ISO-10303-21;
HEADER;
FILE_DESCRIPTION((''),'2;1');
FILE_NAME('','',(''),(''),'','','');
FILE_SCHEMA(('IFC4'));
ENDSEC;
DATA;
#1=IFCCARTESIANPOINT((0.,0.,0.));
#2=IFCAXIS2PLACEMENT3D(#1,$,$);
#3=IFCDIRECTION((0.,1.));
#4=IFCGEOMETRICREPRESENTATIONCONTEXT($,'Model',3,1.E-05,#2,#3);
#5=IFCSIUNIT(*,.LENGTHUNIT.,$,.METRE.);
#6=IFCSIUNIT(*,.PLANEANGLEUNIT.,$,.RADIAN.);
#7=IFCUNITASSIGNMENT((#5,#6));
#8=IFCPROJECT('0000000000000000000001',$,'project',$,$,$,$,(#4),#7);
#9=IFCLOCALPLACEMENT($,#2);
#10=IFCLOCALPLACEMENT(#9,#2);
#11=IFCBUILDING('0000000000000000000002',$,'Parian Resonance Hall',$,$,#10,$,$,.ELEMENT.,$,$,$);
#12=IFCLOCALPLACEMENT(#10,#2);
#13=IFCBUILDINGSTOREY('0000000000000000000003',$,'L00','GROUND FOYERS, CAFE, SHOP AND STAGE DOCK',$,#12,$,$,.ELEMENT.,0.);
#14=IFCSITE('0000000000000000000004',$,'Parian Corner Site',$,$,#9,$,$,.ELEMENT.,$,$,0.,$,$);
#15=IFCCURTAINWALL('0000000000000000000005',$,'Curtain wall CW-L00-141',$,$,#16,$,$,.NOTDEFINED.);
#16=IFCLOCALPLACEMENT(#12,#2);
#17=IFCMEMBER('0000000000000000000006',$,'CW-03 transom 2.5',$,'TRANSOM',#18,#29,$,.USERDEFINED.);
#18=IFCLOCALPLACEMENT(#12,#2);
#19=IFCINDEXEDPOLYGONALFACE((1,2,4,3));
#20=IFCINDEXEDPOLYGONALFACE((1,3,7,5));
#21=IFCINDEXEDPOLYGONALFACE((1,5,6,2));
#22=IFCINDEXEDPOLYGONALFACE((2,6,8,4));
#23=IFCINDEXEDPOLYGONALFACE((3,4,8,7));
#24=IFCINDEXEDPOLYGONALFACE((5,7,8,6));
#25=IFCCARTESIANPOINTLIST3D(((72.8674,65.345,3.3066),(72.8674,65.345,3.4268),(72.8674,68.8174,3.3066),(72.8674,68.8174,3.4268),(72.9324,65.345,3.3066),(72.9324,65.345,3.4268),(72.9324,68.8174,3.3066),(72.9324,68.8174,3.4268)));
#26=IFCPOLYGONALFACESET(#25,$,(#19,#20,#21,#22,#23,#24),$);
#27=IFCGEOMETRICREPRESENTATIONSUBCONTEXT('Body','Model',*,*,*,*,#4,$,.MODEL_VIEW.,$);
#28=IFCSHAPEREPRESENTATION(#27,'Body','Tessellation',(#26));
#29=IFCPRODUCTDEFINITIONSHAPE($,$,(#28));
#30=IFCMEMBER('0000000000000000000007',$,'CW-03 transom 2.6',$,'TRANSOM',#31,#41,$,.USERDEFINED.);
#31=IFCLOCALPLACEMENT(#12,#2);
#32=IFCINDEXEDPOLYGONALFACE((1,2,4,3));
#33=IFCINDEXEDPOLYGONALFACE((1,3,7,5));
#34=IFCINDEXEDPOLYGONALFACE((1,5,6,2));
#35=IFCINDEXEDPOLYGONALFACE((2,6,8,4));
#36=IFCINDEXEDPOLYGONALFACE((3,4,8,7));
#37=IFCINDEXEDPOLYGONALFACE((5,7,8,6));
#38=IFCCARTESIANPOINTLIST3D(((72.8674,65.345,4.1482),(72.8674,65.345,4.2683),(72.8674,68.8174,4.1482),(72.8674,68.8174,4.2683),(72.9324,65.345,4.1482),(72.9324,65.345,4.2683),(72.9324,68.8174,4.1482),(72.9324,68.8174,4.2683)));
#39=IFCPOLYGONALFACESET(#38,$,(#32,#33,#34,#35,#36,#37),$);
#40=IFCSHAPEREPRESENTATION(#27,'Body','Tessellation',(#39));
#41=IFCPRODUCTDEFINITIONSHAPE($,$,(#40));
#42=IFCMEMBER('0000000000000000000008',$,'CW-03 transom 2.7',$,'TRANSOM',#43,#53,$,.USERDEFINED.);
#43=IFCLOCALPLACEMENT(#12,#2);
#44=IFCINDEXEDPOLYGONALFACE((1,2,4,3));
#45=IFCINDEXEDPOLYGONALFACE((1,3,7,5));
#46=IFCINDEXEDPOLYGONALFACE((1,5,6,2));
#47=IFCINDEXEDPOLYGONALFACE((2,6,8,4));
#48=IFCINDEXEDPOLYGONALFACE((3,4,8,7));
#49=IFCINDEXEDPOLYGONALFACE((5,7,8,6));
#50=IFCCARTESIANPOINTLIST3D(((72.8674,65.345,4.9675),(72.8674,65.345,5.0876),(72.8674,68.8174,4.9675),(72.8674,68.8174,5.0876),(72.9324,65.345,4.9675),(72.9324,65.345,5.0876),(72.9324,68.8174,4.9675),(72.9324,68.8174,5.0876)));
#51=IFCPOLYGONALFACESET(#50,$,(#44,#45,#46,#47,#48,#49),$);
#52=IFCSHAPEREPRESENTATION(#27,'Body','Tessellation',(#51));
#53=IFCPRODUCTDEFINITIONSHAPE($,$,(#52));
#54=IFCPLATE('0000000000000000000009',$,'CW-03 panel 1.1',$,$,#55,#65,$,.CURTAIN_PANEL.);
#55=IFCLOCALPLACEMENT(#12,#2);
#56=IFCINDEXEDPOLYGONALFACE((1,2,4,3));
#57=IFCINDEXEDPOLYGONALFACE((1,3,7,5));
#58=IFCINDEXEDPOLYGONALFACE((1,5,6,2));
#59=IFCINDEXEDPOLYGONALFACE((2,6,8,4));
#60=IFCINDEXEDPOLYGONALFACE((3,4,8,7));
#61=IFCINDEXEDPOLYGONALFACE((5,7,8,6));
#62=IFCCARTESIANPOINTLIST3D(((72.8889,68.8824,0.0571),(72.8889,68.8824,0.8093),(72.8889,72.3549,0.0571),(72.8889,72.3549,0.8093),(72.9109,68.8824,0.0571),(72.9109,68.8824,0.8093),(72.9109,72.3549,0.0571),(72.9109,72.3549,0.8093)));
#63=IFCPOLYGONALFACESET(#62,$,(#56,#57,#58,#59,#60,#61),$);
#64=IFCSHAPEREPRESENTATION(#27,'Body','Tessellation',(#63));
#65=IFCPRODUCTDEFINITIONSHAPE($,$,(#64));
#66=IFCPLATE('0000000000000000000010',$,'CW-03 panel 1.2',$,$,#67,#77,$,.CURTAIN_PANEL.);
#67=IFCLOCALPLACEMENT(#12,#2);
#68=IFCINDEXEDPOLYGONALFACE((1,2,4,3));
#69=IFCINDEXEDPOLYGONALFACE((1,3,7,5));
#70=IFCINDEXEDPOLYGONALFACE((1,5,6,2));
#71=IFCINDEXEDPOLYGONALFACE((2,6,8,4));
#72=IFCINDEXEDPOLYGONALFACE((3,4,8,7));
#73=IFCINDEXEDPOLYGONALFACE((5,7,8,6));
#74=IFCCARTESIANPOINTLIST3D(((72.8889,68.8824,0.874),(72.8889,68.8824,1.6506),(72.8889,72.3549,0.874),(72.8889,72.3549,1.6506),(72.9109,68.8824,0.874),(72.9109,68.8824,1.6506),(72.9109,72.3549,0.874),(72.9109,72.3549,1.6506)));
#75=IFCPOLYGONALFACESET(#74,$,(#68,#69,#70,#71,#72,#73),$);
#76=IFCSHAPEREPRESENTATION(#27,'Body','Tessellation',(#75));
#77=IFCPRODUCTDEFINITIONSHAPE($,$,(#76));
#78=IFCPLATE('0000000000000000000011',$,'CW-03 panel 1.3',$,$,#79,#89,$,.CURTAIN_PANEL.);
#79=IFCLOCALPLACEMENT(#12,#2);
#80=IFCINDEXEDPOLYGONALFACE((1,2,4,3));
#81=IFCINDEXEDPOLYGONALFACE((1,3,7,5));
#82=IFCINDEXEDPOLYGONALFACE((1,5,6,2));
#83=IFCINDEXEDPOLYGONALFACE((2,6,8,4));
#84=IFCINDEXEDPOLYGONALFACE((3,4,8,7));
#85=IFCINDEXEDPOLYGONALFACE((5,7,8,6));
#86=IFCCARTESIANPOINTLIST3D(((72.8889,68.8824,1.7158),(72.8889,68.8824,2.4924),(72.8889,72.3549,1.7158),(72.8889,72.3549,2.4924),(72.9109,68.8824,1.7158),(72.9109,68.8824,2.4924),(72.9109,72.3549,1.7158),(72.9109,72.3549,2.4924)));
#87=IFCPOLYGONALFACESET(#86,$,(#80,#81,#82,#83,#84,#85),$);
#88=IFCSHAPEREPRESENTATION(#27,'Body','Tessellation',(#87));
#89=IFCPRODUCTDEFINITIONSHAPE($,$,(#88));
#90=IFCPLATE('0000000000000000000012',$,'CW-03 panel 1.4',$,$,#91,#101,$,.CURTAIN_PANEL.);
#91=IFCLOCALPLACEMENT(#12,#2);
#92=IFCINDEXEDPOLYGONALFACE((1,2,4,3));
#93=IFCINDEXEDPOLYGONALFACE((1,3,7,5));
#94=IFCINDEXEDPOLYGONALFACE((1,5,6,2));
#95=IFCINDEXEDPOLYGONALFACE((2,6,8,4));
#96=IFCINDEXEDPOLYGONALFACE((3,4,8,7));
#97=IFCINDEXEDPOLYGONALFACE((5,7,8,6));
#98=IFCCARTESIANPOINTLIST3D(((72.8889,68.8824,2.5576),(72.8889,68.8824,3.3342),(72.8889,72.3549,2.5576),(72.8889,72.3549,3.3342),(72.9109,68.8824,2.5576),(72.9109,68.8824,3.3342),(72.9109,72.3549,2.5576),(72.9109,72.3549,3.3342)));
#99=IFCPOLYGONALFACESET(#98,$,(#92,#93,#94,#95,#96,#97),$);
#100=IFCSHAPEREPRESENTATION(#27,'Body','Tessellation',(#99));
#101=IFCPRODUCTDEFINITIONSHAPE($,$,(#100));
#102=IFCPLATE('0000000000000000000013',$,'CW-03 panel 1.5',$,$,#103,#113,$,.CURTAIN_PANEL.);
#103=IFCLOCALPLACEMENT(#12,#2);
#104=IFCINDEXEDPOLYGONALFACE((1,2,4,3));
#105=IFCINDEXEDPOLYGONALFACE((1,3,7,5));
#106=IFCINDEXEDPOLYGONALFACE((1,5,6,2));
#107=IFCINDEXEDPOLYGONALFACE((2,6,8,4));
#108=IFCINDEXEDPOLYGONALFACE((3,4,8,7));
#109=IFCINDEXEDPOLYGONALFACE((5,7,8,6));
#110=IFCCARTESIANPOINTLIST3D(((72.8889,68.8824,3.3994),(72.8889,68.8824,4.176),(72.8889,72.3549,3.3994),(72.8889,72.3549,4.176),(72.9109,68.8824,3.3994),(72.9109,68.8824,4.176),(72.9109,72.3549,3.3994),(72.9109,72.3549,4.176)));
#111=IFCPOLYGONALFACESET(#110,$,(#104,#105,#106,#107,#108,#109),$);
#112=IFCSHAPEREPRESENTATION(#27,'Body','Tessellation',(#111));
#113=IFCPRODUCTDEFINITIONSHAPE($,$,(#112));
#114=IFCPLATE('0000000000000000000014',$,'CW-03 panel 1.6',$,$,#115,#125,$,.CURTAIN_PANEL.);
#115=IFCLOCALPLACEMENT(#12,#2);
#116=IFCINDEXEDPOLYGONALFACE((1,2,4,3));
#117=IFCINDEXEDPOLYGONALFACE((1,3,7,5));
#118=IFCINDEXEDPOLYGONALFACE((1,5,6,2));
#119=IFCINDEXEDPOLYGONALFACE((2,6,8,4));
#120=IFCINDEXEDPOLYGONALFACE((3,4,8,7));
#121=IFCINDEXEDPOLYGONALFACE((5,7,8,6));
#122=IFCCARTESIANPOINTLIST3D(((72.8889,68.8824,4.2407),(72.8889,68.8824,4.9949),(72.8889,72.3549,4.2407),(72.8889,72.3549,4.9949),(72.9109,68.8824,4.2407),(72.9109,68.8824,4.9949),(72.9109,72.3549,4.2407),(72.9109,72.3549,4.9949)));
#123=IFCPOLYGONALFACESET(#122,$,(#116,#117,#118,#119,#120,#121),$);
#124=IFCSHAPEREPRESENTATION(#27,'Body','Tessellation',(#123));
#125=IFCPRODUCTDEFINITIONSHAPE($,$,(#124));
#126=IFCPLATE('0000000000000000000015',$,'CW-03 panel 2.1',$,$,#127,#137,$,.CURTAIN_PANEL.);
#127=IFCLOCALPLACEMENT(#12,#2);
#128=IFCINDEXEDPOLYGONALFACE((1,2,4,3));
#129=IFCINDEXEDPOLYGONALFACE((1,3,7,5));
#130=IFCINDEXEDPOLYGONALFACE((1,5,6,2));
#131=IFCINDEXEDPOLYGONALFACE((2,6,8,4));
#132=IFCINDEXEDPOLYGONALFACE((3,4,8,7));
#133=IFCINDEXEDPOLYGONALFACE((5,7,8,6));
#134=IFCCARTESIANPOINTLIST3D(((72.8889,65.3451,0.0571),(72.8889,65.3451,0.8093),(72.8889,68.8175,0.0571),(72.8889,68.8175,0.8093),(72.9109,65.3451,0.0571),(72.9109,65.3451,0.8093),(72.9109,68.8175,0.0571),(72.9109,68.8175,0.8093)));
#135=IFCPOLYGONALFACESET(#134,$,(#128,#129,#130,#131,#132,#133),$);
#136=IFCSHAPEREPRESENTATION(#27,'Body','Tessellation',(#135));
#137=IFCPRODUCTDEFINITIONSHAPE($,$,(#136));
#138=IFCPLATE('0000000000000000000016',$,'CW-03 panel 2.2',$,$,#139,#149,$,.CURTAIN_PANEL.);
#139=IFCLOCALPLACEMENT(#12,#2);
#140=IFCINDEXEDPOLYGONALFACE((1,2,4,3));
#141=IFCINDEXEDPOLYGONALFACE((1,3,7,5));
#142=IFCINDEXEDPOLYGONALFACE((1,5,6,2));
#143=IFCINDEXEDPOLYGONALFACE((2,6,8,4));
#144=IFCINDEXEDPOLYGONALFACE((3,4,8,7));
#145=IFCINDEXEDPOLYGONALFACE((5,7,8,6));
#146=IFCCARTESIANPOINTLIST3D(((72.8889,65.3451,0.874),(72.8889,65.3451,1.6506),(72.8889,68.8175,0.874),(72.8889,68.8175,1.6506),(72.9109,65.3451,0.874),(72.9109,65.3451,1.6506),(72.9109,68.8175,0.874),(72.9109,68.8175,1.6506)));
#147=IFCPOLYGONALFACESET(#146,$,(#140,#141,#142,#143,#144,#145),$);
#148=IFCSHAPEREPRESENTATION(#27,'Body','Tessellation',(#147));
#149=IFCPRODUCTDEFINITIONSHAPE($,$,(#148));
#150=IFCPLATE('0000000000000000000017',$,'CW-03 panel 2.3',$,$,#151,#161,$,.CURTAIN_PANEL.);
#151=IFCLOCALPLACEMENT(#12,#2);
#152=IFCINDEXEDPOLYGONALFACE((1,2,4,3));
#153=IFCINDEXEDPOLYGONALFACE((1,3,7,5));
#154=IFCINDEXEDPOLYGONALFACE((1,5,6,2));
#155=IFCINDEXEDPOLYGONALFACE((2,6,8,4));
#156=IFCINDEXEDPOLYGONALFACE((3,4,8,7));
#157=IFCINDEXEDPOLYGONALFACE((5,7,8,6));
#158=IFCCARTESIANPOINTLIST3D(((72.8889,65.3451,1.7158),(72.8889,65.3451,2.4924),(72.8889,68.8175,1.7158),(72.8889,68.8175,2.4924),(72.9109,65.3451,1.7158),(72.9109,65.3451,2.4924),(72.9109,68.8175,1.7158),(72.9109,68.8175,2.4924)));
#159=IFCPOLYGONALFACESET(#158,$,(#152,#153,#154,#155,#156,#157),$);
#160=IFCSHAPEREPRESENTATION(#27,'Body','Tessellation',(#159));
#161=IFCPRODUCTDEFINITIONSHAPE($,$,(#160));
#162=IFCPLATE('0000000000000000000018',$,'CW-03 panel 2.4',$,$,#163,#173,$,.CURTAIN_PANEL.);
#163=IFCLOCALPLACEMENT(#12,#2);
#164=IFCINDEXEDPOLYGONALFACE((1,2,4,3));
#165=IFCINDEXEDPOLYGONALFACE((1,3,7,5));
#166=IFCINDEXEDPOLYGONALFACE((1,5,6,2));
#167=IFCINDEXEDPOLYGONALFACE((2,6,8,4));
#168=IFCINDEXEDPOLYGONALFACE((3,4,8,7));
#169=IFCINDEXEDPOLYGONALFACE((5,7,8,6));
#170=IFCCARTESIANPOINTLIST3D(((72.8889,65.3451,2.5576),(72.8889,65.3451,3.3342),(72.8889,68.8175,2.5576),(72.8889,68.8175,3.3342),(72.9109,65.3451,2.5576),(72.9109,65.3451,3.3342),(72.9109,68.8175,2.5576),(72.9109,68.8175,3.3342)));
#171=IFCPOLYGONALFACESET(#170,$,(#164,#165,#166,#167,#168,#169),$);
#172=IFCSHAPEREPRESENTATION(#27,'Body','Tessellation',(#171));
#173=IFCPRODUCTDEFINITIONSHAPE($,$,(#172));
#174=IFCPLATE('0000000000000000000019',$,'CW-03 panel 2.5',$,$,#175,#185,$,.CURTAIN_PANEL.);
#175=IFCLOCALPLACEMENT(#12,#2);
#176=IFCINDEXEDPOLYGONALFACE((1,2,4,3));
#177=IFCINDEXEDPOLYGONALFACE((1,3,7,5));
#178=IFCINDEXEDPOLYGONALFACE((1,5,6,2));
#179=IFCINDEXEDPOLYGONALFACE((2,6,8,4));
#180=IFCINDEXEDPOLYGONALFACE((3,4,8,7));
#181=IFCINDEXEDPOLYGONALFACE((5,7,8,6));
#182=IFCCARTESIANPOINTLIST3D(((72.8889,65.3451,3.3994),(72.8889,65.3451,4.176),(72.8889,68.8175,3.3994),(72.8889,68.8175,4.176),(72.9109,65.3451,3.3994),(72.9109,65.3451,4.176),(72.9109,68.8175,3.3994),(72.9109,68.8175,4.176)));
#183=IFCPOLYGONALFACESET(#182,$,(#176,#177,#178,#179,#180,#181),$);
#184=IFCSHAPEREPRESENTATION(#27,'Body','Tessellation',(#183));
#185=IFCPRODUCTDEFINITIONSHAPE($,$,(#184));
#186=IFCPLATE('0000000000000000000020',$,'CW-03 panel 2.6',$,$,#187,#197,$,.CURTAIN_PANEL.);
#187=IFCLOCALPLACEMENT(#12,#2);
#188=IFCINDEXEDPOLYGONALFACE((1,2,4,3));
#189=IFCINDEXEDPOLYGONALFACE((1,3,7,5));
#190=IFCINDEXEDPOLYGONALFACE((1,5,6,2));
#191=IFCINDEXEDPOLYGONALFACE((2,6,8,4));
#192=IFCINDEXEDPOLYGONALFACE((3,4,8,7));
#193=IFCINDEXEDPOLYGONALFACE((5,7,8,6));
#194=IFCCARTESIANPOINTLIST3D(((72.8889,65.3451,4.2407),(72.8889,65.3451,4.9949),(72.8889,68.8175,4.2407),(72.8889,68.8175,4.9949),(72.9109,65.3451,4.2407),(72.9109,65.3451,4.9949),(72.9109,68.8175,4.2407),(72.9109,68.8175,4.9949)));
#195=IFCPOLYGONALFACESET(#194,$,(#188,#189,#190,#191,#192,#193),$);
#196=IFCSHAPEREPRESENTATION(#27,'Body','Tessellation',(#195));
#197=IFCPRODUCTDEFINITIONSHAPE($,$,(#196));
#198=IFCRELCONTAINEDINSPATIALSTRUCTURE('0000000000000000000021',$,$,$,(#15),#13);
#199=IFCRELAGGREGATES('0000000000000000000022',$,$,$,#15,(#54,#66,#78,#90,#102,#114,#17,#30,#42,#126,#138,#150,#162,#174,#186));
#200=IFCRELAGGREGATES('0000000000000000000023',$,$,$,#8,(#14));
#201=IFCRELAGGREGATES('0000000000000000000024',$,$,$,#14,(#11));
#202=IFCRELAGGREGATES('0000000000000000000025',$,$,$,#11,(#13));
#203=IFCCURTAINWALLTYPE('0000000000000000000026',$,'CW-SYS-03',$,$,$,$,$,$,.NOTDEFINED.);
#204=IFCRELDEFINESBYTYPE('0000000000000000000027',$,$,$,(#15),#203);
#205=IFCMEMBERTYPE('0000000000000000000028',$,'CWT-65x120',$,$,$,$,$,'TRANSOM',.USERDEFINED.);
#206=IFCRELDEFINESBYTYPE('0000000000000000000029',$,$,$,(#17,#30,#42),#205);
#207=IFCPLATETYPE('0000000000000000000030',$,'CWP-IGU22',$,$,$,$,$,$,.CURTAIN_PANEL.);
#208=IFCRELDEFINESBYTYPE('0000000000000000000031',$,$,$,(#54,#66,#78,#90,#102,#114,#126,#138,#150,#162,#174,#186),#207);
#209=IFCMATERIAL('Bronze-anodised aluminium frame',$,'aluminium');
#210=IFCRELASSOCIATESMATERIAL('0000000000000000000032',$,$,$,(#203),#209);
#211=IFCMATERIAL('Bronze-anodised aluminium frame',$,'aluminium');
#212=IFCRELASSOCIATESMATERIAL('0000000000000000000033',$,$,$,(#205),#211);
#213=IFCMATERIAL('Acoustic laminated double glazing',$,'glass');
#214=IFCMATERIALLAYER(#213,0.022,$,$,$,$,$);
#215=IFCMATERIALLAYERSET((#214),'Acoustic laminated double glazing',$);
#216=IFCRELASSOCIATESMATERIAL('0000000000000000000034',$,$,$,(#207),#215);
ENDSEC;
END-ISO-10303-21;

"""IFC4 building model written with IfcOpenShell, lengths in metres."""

from ifc_helpers import new_model, si_unit, direction, frame, origin, origin_2d, place, context, subcontext, project, spatial, rectangle, extrude, material, layer, layer_set, material_profile, profile_set, type_object, element, aggregate, save


model = new_model("IFC4")

# Units and contexts
model_context = context("Model", 3, precision=1e-05, world=origin(), true_north=direction((0.0, 1.0)))
body_context = subcontext(model_context, "Body", "Model", "MODEL_VIEW")
ifc_project = project(units=[si_unit("LENGTHUNIT", "METRE"), si_unit("PLANEANGLEUNIT", "RADIAN")], contexts=[model_context])

# Site, building, storey
site_placement = place(None, origin())
site = spatial("IfcSite", under=ifc_project, at=site_placement, Name="Parian Corner Site", CompositionType="ELEMENT", RefElevation=0.0)
building_placement = place(site_placement, origin())
building = spatial("IfcBuilding", under=site, at=building_placement, Name="Parian Resonance Hall", CompositionType="ELEMENT")
storey_placement = place(building_placement, origin())
storey = spatial("IfcBuildingStorey", under=building, at=storey_placement, Name="L00", Description="GROUND FOYERS, CAFE, SHOP AND STAGE DOCK", CompositionType="ELEMENT", Elevation=0.0)

# Curtain wall
ifc_material_1 = material(Name="Bronze-anodised aluminium frame", Category="aluminium")
curtain_wall_type_1 = type_object("IfcCurtainWallType", Name="CW-SYS-03", PredefinedType="NOTDEFINED", material=ifc_material_1)
curtain_wall_1_placement = place(storey_placement, origin())
curtain_wall_1 = element("IfcCurtainWall", 1, at=curtain_wall_1_placement, inside=storey, type_object=curtain_wall_type_1, Name="Curtain wall CW-L00-141", PredefinedType="NOTDEFINED")

# Members
ifc_material_2 = material(Name="Bronze-anodised aluminium frame", Category="aluminium")
ifc_material_profile_1 = material_profile(ifc_material_2, rectangle(XDim=0.0649, YDim=0.1201, at=origin_2d()), Name="CWT-65x120")
ifc_profile_set_1 = profile_set([ifc_material_profile_1], Name="Bronze-anodised aluminium frame")
member_type_1 = type_object("IfcMemberType", Name="CWT-65x120", ElementType="TRANSOM", PredefinedType="USERDEFINED", material=ifc_profile_set_1)
member_1_placement = place(storey_placement, frame((72.8999, 68.8174, 3.3667), z_axis=(0.0, -1.0, 0.0), x_axis=(1.0, 0.0, 0.0)))
member_1 = element("IfcMember", 2, at=member_1_placement, type_object=member_type_1, Name="CW-03 transom 2.5", ObjectType="TRANSOM", PredefinedType="USERDEFINED", context=body_context, shape_type="SweptSolid", body=[
    extrude(rectangle(XDim=0.0649, YDim=0.1201, at=origin_2d()), origin(), (0.0, 0.0, 1.0), 3.4724),
])
member_2_placement = place(storey_placement, frame((72.8999, 68.8174, 4.2083), z_axis=(0.0, -1.0, 0.0), x_axis=(1.0, 0.0, 0.0)))
member_2 = element("IfcMember", 3, at=member_2_placement, type_object=member_type_1, Name="CW-03 transom 2.6", ObjectType="TRANSOM", PredefinedType="USERDEFINED", context=body_context, shape_type="SweptSolid", body=[
    extrude(rectangle(XDim=0.0649, YDim=0.1201, at=origin_2d()), origin(), (0.0, 0.0, 1.0), 3.4724),
])
member_3_placement = place(storey_placement, frame((72.8999, 68.8174, 5.0276), z_axis=(0.0, -1.0, 0.0), x_axis=(1.0, 0.0, 0.0)))
member_3 = element("IfcMember", 4, at=member_3_placement, type_object=member_type_1, Name="CW-03 transom 2.7", ObjectType="TRANSOM", PredefinedType="USERDEFINED", context=body_context, shape_type="SweptSolid", body=[
    extrude(rectangle(XDim=0.0649, YDim=0.1201, at=origin_2d()), origin(), (0.0, 0.0, 1.0), 3.4724),
])

# Plates
ifc_material_3 = material(Name="Acoustic laminated double glazing", Category="glass")
ifc_layer = layer(ifc_material_3, 0.022)
ifc_layer_set = layer_set([ifc_layer], Name="Acoustic laminated double glazing")
plate_type = type_object("IfcPlateType", Name="CWP-IGU22", PredefinedType="CURTAIN_PANEL", material=ifc_layer_set)
plate_1_placement = place(storey_placement, frame((72.8999, 70.6187, 0.0571), z_axis=(0.0, 0.0, 1.0), x_axis=(0.0, -1.0, 0.0)))
plate_1 = element("IfcPlate", 5, at=plate_1_placement, type_object=plate_type, Name="CW-03 panel 1.1", PredefinedType="CURTAIN_PANEL", context=body_context, shape_type="SweptSolid", body=[
    extrude(rectangle(XDim=3.4724, YDim=0.022, at=origin_2d()), origin(), (0.0, 0.0, 1.0), 0.7522),
])
plate_2_placement = place(storey_placement, frame((72.8999, 70.6187, 0.874), z_axis=(0.0, 0.0, 1.0), x_axis=(0.0, -1.0, 0.0)))
plate_2 = element("IfcPlate", 6, at=plate_2_placement, type_object=plate_type, Name="CW-03 panel 1.2", PredefinedType="CURTAIN_PANEL", context=body_context, shape_type="SweptSolid", body=[
    extrude(rectangle(XDim=3.4724, YDim=0.022, at=origin_2d()), origin(), (0.0, 0.0, 1.0), 0.7766),
])
plate_3_placement = place(storey_placement, frame((72.8999, 70.6187, 1.7158), z_axis=(0.0, 0.0, 1.0), x_axis=(0.0, -1.0, 0.0)))
plate_3 = element("IfcPlate", 7, at=plate_3_placement, type_object=plate_type, Name="CW-03 panel 1.3", PredefinedType="CURTAIN_PANEL", context=body_context, shape_type="SweptSolid", body=[
    extrude(rectangle(XDim=3.4724, YDim=0.022, at=origin_2d()), origin(), (0.0, 0.0, 1.0), 0.7766),
])
plate_4_placement = place(storey_placement, frame((72.8999, 70.6187, 2.5576), z_axis=(0.0, 0.0, 1.0), x_axis=(0.0, -1.0, 0.0)))
plate_4 = element("IfcPlate", 8, at=plate_4_placement, type_object=plate_type, Name="CW-03 panel 1.4", PredefinedType="CURTAIN_PANEL", context=body_context, shape_type="SweptSolid", body=[
    extrude(rectangle(XDim=3.4724, YDim=0.022, at=origin_2d()), origin(), (0.0, 0.0, 1.0), 0.7766),
])
plate_5_placement = place(storey_placement, frame((72.8999, 70.6187, 3.3994), z_axis=(0.0, 0.0, 1.0), x_axis=(0.0, -1.0, 0.0)))
plate_5 = element("IfcPlate", 9, at=plate_5_placement, type_object=plate_type, Name="CW-03 panel 1.5", PredefinedType="CURTAIN_PANEL", context=body_context, shape_type="SweptSolid", body=[
    extrude(rectangle(XDim=3.4724, YDim=0.022, at=origin_2d()), origin(), (0.0, 0.0, 1.0), 0.7766),
])
plate_6_placement = place(storey_placement, frame((72.8999, 70.6187, 4.2407), z_axis=(0.0, 0.0, 1.0), x_axis=(0.0, -1.0, 0.0)))
plate_6 = element("IfcPlate", 10, at=plate_6_placement, type_object=plate_type, Name="CW-03 panel 1.6", PredefinedType="CURTAIN_PANEL", context=body_context, shape_type="SweptSolid", body=[
    extrude(rectangle(XDim=3.4724, YDim=0.022, at=origin_2d()), origin(), (0.0, 0.0, 1.0), 0.7542),
])
plate_7_placement = place(storey_placement, frame((72.8999, 67.0813, 0.0571), z_axis=(0.0, 0.0, 1.0), x_axis=(0.0, -1.0, 0.0)))
plate_7 = element("IfcPlate", 11, at=plate_7_placement, type_object=plate_type, Name="CW-03 panel 2.1", PredefinedType="CURTAIN_PANEL", context=body_context, shape_type="SweptSolid", body=[
    extrude(rectangle(XDim=3.4724, YDim=0.022, at=origin_2d()), origin(), (0.0, 0.0, 1.0), 0.7522),
])
plate_8_placement = place(storey_placement, frame((72.8999, 67.0813, 0.874), z_axis=(0.0, 0.0, 1.0), x_axis=(0.0, -1.0, 0.0)))
plate_8 = element("IfcPlate", 12, at=plate_8_placement, type_object=plate_type, Name="CW-03 panel 2.2", PredefinedType="CURTAIN_PANEL", context=body_context, shape_type="SweptSolid", body=[
    extrude(rectangle(XDim=3.4724, YDim=0.022, at=origin_2d()), origin(), (0.0, 0.0, 1.0), 0.7766),
])
plate_9_placement = place(storey_placement, frame((72.8999, 67.0813, 1.7158), z_axis=(0.0, 0.0, 1.0), x_axis=(0.0, -1.0, 0.0)))
plate_9 = element("IfcPlate", 13, at=plate_9_placement, type_object=plate_type, Name="CW-03 panel 2.3", PredefinedType="CURTAIN_PANEL", context=body_context, shape_type="SweptSolid", body=[
    extrude(rectangle(XDim=3.4724, YDim=0.022, at=origin_2d()), origin(), (0.0, 0.0, 1.0), 0.7766),
])
plate_10_placement = place(storey_placement, frame((72.8999, 67.0813, 2.5576), z_axis=(0.0, 0.0, 1.0), x_axis=(0.0, -1.0, 0.0)))
plate_10 = element("IfcPlate", 14, at=plate_10_placement, type_object=plate_type, Name="CW-03 panel 2.4", PredefinedType="CURTAIN_PANEL", context=body_context, shape_type="SweptSolid", body=[
    extrude(rectangle(XDim=3.4724, YDim=0.022, at=origin_2d()), origin(), (0.0, 0.0, 1.0), 0.7766),
])
plate_11_placement = place(storey_placement, frame((72.8999, 67.0813, 3.3994), z_axis=(0.0, 0.0, 1.0), x_axis=(0.0, -1.0, 0.0)))
plate_11 = element("IfcPlate", 15, at=plate_11_placement, type_object=plate_type, Name="CW-03 panel 2.5", PredefinedType="CURTAIN_PANEL", context=body_context, shape_type="SweptSolid", body=[
    extrude(rectangle(XDim=3.4724, YDim=0.022, at=origin_2d()), origin(), (0.0, 0.0, 1.0), 0.7766),
])
plate_12_placement = place(storey_placement, frame((72.8999, 67.0813, 4.2407), z_axis=(0.0, 0.0, 1.0), x_axis=(0.0, -1.0, 0.0)))
plate_12 = element("IfcPlate", 16, at=plate_12_placement, type_object=plate_type, Name="CW-03 panel 2.6", PredefinedType="CURTAIN_PANEL", context=body_context, shape_type="SweptSolid", body=[
    extrude(rectangle(XDim=3.4724, YDim=0.022, at=origin_2d()), origin(), (0.0, 0.0, 1.0), 0.7542),
])
aggregate(curtain_wall_1, [plate_1, plate_2, plate_3, plate_4, plate_5, plate_6, member_1, member_2, member_3, plate_7, plate_8, plate_9, plate_10, plate_11, plate_12])

save(model, "model.ifc")
